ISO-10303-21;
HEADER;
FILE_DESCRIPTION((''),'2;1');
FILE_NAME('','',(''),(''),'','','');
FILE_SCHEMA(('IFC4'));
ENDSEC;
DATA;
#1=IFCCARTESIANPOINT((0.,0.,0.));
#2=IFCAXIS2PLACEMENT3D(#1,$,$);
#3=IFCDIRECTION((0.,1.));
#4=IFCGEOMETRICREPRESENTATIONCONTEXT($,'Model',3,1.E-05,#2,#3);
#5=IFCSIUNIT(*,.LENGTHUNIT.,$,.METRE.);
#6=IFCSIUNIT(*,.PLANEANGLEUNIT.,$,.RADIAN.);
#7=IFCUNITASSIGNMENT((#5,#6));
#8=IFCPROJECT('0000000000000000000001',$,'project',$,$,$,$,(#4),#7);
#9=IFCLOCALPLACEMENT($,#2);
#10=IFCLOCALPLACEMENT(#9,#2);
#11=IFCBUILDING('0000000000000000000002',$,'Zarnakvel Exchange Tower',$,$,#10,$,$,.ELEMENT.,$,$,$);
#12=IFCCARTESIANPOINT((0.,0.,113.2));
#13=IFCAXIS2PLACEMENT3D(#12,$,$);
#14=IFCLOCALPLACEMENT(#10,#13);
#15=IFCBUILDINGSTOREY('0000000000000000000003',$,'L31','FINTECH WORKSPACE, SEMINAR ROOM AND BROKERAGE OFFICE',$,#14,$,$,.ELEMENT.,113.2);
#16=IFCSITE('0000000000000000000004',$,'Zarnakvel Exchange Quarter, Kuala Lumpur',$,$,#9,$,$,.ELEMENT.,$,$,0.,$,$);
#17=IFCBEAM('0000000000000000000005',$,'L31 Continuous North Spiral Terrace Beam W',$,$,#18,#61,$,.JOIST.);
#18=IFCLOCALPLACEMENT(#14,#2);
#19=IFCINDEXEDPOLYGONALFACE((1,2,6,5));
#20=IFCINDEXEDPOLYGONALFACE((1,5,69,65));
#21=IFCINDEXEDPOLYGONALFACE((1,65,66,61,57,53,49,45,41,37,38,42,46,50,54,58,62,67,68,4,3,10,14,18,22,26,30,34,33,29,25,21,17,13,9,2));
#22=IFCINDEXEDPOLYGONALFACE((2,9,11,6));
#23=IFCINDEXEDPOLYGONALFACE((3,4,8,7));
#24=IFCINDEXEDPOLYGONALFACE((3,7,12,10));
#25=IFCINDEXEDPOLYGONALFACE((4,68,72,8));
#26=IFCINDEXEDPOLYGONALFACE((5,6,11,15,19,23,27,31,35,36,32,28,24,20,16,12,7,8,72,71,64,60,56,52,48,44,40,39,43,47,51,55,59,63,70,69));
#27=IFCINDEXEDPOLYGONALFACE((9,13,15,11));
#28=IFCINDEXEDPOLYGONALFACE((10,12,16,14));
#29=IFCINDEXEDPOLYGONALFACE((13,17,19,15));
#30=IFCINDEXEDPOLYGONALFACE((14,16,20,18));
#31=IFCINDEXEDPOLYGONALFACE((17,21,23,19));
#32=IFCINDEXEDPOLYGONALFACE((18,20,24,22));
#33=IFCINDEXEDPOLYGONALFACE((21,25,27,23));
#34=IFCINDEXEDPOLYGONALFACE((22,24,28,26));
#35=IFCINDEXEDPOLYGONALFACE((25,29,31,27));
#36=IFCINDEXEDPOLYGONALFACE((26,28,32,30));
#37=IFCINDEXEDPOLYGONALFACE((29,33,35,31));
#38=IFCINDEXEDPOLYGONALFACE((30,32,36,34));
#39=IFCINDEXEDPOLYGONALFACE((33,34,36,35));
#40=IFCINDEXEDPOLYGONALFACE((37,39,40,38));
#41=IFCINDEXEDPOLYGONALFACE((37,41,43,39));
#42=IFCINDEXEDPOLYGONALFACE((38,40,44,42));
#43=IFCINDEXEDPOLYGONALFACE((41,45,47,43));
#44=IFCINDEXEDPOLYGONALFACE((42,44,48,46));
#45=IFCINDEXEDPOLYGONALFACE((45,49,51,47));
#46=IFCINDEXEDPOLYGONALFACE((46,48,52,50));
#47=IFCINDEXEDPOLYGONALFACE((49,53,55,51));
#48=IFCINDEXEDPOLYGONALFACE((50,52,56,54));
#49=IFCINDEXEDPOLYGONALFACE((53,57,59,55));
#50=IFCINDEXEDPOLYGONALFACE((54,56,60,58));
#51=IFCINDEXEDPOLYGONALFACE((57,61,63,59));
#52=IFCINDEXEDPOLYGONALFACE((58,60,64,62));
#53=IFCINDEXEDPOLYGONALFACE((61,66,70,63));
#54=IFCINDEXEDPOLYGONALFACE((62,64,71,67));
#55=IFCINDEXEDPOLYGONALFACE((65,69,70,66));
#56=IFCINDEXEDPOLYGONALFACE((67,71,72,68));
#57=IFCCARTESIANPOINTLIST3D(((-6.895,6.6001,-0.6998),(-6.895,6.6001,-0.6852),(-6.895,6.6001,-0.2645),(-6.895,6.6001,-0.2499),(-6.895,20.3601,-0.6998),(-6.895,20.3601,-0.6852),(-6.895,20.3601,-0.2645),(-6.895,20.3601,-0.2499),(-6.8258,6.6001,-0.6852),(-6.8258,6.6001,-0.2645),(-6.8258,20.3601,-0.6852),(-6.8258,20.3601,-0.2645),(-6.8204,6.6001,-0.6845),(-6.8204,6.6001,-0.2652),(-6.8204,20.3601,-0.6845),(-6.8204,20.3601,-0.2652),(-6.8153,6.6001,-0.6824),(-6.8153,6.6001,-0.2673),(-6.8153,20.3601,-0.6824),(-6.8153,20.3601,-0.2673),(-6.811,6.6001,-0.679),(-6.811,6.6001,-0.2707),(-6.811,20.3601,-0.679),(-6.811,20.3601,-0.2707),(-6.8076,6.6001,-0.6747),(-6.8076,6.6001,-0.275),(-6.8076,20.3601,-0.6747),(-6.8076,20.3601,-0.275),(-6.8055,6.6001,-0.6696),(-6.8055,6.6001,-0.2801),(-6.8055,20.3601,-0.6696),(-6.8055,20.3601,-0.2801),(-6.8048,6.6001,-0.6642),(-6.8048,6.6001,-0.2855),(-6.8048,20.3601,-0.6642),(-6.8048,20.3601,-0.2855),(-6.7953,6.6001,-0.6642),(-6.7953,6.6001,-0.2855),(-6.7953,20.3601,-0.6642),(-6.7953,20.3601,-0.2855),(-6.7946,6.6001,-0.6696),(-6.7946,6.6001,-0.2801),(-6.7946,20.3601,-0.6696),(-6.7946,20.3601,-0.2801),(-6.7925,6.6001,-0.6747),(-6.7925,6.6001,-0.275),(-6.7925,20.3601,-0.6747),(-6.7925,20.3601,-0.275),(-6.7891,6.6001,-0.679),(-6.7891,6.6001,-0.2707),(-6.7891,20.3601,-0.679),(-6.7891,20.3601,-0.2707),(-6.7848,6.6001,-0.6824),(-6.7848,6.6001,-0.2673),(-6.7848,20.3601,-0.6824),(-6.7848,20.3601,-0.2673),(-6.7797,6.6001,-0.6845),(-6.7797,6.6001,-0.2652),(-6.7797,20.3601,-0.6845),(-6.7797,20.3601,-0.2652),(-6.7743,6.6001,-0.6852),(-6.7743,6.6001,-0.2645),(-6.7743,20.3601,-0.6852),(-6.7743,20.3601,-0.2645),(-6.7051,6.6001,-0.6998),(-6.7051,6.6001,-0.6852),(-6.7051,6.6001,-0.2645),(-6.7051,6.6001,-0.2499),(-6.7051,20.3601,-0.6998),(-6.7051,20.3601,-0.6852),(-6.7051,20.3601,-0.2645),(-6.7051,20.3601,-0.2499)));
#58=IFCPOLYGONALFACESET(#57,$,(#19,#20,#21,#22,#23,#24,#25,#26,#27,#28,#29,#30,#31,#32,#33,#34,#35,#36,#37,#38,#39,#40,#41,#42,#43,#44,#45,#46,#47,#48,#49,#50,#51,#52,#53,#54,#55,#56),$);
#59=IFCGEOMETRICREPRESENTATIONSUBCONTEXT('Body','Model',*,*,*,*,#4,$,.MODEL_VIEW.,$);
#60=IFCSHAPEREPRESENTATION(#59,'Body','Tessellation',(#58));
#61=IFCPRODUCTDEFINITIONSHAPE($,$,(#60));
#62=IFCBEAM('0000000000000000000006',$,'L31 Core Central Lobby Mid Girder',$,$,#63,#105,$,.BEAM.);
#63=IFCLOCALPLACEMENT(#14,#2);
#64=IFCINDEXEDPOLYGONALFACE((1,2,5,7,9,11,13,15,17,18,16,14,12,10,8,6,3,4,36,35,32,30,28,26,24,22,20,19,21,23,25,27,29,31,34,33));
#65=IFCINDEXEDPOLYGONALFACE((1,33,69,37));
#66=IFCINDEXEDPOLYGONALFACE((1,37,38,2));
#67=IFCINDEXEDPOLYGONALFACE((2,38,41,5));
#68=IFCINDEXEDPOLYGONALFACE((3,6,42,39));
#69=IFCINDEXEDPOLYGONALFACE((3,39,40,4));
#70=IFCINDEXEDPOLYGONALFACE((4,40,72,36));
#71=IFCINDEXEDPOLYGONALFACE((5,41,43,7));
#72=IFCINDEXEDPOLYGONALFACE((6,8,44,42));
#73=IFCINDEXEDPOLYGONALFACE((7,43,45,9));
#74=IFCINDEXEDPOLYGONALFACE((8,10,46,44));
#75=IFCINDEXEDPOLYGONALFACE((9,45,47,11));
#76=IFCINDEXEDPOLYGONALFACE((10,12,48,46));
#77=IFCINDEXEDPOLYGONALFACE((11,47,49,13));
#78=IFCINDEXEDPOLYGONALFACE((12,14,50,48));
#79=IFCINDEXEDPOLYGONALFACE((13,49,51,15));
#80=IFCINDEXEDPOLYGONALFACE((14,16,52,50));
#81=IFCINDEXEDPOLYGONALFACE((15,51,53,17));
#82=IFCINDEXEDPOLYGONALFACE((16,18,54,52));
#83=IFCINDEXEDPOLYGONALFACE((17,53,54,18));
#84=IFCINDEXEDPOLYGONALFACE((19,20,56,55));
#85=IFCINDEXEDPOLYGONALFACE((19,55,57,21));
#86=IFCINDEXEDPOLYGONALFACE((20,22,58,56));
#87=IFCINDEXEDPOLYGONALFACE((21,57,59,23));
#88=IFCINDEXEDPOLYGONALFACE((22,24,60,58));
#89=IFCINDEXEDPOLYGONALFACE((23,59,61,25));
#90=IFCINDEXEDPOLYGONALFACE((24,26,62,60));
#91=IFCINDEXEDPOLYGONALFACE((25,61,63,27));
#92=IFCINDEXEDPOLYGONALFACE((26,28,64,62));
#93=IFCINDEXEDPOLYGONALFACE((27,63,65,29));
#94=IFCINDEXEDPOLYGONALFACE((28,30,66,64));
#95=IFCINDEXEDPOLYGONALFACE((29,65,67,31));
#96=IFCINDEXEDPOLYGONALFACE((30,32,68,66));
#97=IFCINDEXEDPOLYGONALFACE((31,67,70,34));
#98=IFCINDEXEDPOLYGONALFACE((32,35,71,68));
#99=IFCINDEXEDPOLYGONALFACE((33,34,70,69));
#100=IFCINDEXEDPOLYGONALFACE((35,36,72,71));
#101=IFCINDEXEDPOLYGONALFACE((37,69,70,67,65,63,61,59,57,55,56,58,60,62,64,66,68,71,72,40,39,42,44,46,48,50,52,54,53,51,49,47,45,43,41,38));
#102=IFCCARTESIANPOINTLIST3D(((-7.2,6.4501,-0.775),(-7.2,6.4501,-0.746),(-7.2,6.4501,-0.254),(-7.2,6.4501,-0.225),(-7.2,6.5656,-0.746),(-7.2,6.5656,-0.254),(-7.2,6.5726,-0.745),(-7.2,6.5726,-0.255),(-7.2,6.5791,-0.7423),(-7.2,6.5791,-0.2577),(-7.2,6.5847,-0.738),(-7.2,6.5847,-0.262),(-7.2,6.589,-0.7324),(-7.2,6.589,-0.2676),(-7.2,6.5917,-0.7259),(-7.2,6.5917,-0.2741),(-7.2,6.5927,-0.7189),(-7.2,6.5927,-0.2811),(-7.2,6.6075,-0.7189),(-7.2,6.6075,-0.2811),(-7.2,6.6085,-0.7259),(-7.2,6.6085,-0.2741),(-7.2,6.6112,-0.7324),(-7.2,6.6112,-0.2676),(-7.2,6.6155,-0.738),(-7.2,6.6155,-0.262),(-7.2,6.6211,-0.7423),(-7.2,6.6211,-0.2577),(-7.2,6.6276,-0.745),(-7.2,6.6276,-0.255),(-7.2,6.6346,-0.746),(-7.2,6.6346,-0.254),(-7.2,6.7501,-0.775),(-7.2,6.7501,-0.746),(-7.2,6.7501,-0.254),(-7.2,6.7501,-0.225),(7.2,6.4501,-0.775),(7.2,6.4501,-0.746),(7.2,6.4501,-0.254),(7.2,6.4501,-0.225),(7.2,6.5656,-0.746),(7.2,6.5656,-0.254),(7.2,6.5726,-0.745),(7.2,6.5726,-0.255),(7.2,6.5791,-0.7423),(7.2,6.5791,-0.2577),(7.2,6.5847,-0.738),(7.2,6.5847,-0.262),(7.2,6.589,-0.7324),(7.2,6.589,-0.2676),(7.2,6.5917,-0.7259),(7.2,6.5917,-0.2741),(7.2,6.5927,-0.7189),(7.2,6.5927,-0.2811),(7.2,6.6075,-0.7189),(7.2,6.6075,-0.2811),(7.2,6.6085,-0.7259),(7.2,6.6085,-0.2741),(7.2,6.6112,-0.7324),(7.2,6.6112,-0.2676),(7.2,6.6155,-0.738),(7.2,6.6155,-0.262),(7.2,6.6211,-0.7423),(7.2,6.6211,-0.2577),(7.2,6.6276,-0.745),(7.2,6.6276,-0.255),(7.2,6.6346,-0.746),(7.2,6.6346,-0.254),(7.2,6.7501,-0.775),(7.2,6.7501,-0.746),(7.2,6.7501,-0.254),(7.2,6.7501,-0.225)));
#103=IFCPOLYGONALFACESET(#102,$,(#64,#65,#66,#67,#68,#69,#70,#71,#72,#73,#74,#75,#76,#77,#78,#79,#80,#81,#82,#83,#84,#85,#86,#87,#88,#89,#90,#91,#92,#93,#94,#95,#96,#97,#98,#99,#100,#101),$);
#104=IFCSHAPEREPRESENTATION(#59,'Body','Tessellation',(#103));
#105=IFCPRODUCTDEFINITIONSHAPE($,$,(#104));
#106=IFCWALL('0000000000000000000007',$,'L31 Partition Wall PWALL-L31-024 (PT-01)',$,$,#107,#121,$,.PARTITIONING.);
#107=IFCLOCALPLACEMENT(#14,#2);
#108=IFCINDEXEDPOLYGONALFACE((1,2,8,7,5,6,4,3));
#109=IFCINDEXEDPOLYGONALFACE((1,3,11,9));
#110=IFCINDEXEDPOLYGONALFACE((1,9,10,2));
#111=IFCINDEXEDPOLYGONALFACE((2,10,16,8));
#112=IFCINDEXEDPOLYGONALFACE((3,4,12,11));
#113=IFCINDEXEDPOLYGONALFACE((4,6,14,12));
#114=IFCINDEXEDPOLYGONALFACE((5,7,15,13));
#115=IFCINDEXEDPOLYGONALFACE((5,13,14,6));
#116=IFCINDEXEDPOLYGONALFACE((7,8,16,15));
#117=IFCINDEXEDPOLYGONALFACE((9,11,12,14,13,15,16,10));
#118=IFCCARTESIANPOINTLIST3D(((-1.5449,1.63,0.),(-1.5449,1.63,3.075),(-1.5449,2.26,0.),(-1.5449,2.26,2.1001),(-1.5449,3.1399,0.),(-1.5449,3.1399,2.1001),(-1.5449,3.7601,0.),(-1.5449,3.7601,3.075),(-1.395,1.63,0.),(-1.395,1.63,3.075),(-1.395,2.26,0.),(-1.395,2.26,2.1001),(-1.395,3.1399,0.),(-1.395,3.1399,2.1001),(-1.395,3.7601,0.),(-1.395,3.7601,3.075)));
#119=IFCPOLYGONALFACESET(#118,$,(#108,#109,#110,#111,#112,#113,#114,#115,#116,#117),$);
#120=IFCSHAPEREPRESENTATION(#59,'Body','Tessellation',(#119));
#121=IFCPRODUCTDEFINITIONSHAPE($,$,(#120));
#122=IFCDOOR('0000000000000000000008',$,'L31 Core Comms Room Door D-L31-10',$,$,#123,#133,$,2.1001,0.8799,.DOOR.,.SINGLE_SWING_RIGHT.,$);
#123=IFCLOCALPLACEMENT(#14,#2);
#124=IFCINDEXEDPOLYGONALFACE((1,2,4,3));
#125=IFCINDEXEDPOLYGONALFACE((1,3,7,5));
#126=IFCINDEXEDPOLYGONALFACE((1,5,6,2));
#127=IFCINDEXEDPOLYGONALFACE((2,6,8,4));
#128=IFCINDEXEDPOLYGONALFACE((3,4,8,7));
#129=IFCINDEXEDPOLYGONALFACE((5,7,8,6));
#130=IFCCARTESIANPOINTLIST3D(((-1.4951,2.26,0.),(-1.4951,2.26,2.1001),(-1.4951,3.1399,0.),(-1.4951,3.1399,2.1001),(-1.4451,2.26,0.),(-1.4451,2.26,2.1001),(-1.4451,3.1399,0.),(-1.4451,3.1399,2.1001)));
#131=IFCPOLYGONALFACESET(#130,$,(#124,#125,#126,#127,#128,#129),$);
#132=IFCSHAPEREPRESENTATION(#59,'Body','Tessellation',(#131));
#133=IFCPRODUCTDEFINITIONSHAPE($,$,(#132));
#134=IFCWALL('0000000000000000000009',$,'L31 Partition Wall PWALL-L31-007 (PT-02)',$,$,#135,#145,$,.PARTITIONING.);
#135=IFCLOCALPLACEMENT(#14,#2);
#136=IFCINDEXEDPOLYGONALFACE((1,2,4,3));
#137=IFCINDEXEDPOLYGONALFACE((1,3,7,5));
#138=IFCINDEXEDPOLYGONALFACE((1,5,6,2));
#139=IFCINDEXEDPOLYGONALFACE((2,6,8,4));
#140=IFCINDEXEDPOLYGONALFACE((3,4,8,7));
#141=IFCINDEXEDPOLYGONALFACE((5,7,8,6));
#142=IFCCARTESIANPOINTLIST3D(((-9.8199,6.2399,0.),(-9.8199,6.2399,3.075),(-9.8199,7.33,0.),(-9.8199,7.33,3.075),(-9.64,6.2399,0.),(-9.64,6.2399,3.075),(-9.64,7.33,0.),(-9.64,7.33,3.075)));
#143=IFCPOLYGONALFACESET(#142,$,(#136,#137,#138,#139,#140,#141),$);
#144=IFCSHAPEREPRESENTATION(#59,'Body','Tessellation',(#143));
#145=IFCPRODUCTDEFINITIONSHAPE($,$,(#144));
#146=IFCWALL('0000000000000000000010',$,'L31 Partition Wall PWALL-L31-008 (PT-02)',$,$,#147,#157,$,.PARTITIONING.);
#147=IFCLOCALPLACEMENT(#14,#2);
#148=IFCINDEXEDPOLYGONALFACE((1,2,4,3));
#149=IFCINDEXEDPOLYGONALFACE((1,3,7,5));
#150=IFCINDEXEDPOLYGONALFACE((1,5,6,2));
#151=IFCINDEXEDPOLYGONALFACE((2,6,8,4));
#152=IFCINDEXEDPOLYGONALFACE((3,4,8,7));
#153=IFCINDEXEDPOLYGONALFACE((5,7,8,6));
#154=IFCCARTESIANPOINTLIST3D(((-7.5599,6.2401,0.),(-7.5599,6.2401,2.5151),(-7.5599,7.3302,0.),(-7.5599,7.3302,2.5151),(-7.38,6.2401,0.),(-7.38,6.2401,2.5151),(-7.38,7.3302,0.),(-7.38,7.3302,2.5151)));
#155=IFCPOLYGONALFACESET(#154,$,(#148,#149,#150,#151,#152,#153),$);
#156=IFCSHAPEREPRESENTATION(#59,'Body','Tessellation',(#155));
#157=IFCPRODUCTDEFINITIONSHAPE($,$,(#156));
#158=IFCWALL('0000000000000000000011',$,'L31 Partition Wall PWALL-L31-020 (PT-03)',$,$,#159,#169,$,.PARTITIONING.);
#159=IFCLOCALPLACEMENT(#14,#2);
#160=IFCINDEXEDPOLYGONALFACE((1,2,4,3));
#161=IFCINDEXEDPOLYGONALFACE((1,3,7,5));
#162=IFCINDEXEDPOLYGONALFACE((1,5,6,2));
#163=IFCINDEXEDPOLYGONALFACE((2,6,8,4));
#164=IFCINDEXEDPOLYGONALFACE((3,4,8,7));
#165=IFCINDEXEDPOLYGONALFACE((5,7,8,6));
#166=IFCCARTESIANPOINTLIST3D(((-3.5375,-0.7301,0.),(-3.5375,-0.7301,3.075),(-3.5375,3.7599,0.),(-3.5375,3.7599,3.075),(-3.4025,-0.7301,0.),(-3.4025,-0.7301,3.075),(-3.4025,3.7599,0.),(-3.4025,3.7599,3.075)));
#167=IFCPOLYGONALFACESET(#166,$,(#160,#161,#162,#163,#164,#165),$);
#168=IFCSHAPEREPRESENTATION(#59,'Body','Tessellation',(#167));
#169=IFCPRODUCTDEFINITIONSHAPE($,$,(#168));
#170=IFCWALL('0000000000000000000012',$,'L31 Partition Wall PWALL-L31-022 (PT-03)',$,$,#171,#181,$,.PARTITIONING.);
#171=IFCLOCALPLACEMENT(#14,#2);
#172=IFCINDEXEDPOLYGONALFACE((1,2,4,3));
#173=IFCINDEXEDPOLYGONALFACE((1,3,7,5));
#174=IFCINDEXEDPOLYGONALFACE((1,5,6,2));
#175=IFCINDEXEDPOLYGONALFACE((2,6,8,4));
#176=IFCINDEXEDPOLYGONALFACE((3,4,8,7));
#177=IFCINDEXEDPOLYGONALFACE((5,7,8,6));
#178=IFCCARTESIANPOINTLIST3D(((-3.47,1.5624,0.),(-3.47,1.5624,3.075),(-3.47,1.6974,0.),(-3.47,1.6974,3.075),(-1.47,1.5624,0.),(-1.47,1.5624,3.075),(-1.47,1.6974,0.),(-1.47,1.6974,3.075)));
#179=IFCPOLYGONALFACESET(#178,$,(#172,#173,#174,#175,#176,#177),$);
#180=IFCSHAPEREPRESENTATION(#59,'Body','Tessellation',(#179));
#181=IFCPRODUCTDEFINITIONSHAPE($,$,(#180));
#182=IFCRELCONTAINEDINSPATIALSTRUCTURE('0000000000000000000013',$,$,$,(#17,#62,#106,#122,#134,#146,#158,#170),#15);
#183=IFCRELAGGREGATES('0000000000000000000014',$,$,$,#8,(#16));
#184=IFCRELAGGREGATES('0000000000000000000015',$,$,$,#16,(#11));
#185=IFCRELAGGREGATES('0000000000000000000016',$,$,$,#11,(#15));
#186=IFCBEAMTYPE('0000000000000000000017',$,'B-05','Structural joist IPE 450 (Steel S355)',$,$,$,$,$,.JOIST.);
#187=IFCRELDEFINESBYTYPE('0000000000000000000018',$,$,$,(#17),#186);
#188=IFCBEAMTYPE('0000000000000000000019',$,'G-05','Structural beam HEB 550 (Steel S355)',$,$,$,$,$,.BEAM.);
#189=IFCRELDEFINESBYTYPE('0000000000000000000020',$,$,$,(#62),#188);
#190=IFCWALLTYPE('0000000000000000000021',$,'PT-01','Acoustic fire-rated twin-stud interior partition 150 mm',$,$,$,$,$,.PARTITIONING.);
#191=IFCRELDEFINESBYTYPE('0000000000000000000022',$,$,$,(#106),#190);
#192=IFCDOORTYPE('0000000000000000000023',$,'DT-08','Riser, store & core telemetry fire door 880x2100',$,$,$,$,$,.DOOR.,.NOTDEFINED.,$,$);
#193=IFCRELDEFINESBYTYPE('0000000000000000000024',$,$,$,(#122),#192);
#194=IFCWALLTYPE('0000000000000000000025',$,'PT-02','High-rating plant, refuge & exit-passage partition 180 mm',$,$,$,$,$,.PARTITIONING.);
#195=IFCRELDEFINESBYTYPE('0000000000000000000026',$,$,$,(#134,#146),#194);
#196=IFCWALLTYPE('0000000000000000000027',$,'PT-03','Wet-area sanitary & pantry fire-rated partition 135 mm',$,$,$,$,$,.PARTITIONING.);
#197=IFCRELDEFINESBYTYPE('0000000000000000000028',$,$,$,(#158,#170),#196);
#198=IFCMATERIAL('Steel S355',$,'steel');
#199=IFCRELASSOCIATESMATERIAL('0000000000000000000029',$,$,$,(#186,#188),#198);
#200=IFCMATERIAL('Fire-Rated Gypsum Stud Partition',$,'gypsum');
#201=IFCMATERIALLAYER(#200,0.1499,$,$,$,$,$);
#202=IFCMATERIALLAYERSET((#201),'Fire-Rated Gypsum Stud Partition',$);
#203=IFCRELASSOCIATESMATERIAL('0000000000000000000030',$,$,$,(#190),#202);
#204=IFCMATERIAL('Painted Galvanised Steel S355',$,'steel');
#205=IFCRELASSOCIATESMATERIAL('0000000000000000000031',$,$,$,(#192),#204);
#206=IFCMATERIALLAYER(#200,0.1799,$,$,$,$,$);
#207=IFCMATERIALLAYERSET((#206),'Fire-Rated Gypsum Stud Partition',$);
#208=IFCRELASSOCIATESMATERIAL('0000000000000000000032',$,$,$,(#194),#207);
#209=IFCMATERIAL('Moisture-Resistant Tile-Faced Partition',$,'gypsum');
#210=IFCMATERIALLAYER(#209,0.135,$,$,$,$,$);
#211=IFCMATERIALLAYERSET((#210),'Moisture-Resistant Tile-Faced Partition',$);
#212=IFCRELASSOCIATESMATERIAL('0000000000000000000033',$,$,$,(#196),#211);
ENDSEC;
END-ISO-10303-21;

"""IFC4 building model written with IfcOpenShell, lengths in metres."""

from ifc_helpers import new_model, si_unit, direction, frame, frame_2d, origin, origin_2d, place, context, subcontext, project, spatial, rectangle, i_section, extrude, source, transform, mapped, material, layer, layer_set, material_profile, profile_set, type_object, element, fill, save


model = new_model("IFC4")

# Units and contexts
model_context = context("Model", 3, precision=1e-05, world=origin(), true_north=direction((0.0, 1.0)))
body_context = subcontext(model_context, "Body", "Model", "MODEL_VIEW")
ifc_project = project(units=[si_unit("LENGTHUNIT", "METRE"), si_unit("PLANEANGLEUNIT", "RADIAN")], contexts=[model_context])

# Site, building, storey
site_placement = place(None, origin())
site = spatial("IfcSite", under=ifc_project, at=site_placement, Name="Zarnakvel Exchange Quarter, Kuala Lumpur", CompositionType="ELEMENT", RefElevation=0.0)
building_placement = place(site_placement, origin())
building = spatial("IfcBuilding", under=site, at=building_placement, Name="Zarnakvel Exchange Tower", CompositionType="ELEMENT")
storey_placement = place(building_placement, frame((0.0, 0.0, 113.2)))
storey = spatial("IfcBuildingStorey", under=building, at=storey_placement, Name="L31", Description="FINTECH WORKSPACE, SEMINAR ROOM AND BROKERAGE OFFICE", CompositionType="ELEMENT", Elevation=113.2)

# Beams
ifc_material_1 = material(Name="Steel S355", Category="steel")
ifc_material_profile_1 = material_profile(ifc_material_1, i_section(OverallWidth=0.1899, OverallDepth=0.45, WebThickness=0.0095, FlangeThickness=0.0146, FilletRadius=0.021, at=origin_2d()))
ifc_profile_set_1 = profile_set([ifc_material_profile_1], Name="Steel S355")
beam_type_1 = type_object("IfcBeamType", Name="B-05", Description="Structural joist IPE 450 (Steel S355)", PredefinedType="JOIST", material=ifc_profile_set_1)
beam_1_placement = place(storey_placement, frame((-6.8, 6.6001, -0.4749), z_axis=(0.0, 1.0, 0.0), x_axis=(-1.0, 0.0, 0.0)))
element("IfcBeam", 1, at=beam_1_placement, inside=storey, type_object=beam_type_1, Name="L31 Continuous North Spiral Terrace Beam W", PredefinedType="JOIST", context=body_context, shape_type="SweptSolid", body=[
    extrude(i_section(OverallWidth=0.1899, OverallDepth=0.45, WebThickness=0.0095, FlangeThickness=0.0146, FilletRadius=0.021, at=origin_2d()), origin(), (0.0, 0.0, 1.0), 13.76),
])
ifc_material_profile_2 = material_profile(ifc_material_1, i_section(OverallWidth=0.3, OverallDepth=0.55, WebThickness=0.0149, FlangeThickness=0.0291, FilletRadius=0.0271, at=origin_2d()))
ifc_profile_set_2 = profile_set([ifc_material_profile_2], Name="Steel S355")
beam_type_2 = type_object("IfcBeamType", Name="G-05", Description="Structural beam HEB 550 (Steel S355)", PredefinedType="BEAM", material=ifc_profile_set_2)
beam_2_placement = place(storey_placement, frame((-7.2, 6.6001, -0.5), z_axis=(1.0, 0.0, 0.0), x_axis=(0.0, 1.0, 0.0)))
element("IfcBeam", 2, at=beam_2_placement, inside=storey, type_object=beam_type_2, Name="L31 Core Central Lobby Mid Girder", PredefinedType="BEAM", context=body_context, shape_type="SweptSolid", body=[
    extrude(i_section(OverallWidth=0.3, OverallDepth=0.55, WebThickness=0.0149, FlangeThickness=0.0291, FilletRadius=0.0271, at=origin_2d()), origin(), (0.0, 0.0, 1.0), 14.3999),
])

# Wall, opening, door
ifc_material_2 = material(Name="Fire-Rated Gypsum Stud Partition", Category="gypsum")
ifc_layer_1 = layer(ifc_material_2, 0.1499)
ifc_layer_set_1 = layer_set([ifc_layer_1], Name="Fire-Rated Gypsum Stud Partition")
wall_type_1 = type_object("IfcWallType", Name="PT-01", Description="Acoustic fire-rated twin-stud interior partition 150 mm", PredefinedType="PARTITIONING", material=ifc_layer_set_1)
wall_1_placement = place(storey_placement, frame((-1.47, 3.76, 0.0), z_axis=(0.0, 0.0, 1.0), x_axis=(0.0, -1.0, 0.0)))
wall_1 = element("IfcWall", 3, at=wall_1_placement, inside=storey, type_object=wall_type_1, Name="L31 Partition Wall PWALL-L31-024 (PT-01)", PredefinedType="PARTITIONING", context=body_context, shape_type="SweptSolid", body=[
    extrude(rectangle(XDim=2.1301, YDim=0.1499, at=frame_2d((1.0649, 0.0))), origin(), (0.0, 0.0, 1.0), 3.075),
])
opening_1_placement = place(wall_1_placement, frame((0.6201, 0.0, 0.0)))
opening_1 = element("IfcOpeningElement", 4, at=opening_1_placement, cuts=wall_1, PredefinedType="OPENING", context=body_context, shape_type="SweptSolid", body=[
    extrude(rectangle(XDim=0.8799, YDim=2.1001, at=frame_2d((0.4399, 1.05))), frame((0.0, 0.085, 0.0), z_axis=(0.0, -1.0, 0.0), x_axis=(1.0, 0.0, 0.0)), (0.0, 0.0, 1.0), 0.1699),
])
ifc_material_3 = material(Name="Painted Galvanised Steel S355", Category="steel")
door_type_1 = type_object("IfcDoorType", Name="DT-08", Description="Riser, store & core telemetry fire door 880x2100", OperationType="NOTDEFINED", PredefinedType="DOOR", material=ifc_material_3)
shared_shape_1 = source(origin(), body_context, "Body", "SweptSolid", [
    extrude(rectangle(XDim=0.8799, YDim=2.1001, at=frame_2d((0.4399, 1.05))), frame((0.0, 0.0249, 0.0), z_axis=(0.0, -1.0, 0.0), x_axis=(1.0, 0.0, 0.0)), (0.0, 0.0, 1.0), 0.05),
])
door_1_placement = place(opening_1_placement, origin())
door_1 = element("IfcDoor", 5, at=door_1_placement, inside=storey, type_object=door_type_1, Name="L31 Core Comms Room Door D-L31-10", OperationType="SINGLE_SWING_RIGHT", OverallHeight=2.1001, OverallWidth=0.8799, PredefinedType="DOOR", context=body_context, shape_type="MappedRepresentation", body=[
    mapped(shared_shape_1, transform((0.0, 0.0, 0.0), x_axis=(1.0, 0.0, 0.0), y_axis=(0.0, 1.0, 0.0), z_axis=(0.0, 0.0, 1.0), scale=1.0)),
])
fill(opening_1, door_1)

# Walls
ifc_layer_2 = layer(ifc_material_2, 0.1799)
ifc_layer_set_2 = layer_set([ifc_layer_2], Name="Fire-Rated Gypsum Stud Partition")
wall_type_2 = type_object("IfcWallType", Name="PT-02", Description="High-rating plant, refuge & exit-passage partition 180 mm", PredefinedType="PARTITIONING", material=ifc_layer_set_2)
wall_2_placement = place(storey_placement, frame((-9.73, 6.24, 0.0), z_axis=(0.0, 0.0, 1.0), x_axis=(0.0, 1.0, 0.0)))
element("IfcWall", 6, at=wall_2_placement, inside=storey, type_object=wall_type_2, Name="L31 Partition Wall PWALL-L31-007 (PT-02)", PredefinedType="PARTITIONING", context=body_context, shape_type="SweptSolid", body=[
    extrude(rectangle(XDim=1.0901, YDim=0.1799, at=frame_2d((0.5449, 0.0))), origin(), (0.0, 0.0, 1.0), 3.075),
])
wall_3_placement = place(storey_placement, frame((-7.47, 7.3301, 0.0), z_axis=(0.0, 0.0, 1.0), x_axis=(0.0, -1.0, 0.0)))
element("IfcWall", 7, at=wall_3_placement, inside=storey, type_object=wall_type_2, Name="L31 Partition Wall PWALL-L31-008 (PT-02)", PredefinedType="PARTITIONING", context=body_context, shape_type="SweptSolid", body=[
    extrude(rectangle(XDim=1.0901, YDim=0.1799, at=frame_2d((0.5449, 0.0))), origin(), (0.0, 0.0, 1.0), 2.5151),
])
ifc_material_4 = material(Name="Moisture-Resistant Tile-Faced Partition", Category="gypsum")
ifc_layer_3 = layer(ifc_material_4, 0.135)
ifc_layer_set_3 = layer_set([ifc_layer_3], Name="Moisture-Resistant Tile-Faced Partition")
wall_type_3 = type_object("IfcWallType", Name="PT-03", Description="Wet-area sanitary & pantry fire-rated partition 135 mm", PredefinedType="PARTITIONING", material=ifc_layer_set_3)
wall_4_placement = place(storey_placement, frame((-3.47, 3.76, 0.0), z_axis=(0.0, 0.0, 1.0), x_axis=(0.0, -1.0, 0.0)))
element("IfcWall", 8, at=wall_4_placement, inside=storey, type_object=wall_type_3, Name="L31 Partition Wall PWALL-L31-020 (PT-03)", PredefinedType="PARTITIONING", context=body_context, shape_type="SweptSolid", body=[
    extrude(rectangle(XDim=4.49, YDim=0.135, at=frame_2d((2.2451, 0.0))), origin(), (0.0, 0.0, 1.0), 3.075),
])
wall_5_placement = place(storey_placement, frame((-3.47, 1.6299, 0.0), z_axis=(0.0, 0.0, 1.0), x_axis=(1.0, 0.0, 0.0)))
element("IfcWall", 9, at=wall_5_placement, inside=storey, type_object=wall_type_3, Name="L31 Partition Wall PWALL-L31-022 (PT-03)", PredefinedType="PARTITIONING", context=body_context, shape_type="SweptSolid", body=[
    extrude(rectangle(XDim=2.0, YDim=0.135, at=frame_2d((1.0, 0.0))), origin(), (0.0, 0.0, 1.0), 3.075),
])

save(model, "model.ifc")
